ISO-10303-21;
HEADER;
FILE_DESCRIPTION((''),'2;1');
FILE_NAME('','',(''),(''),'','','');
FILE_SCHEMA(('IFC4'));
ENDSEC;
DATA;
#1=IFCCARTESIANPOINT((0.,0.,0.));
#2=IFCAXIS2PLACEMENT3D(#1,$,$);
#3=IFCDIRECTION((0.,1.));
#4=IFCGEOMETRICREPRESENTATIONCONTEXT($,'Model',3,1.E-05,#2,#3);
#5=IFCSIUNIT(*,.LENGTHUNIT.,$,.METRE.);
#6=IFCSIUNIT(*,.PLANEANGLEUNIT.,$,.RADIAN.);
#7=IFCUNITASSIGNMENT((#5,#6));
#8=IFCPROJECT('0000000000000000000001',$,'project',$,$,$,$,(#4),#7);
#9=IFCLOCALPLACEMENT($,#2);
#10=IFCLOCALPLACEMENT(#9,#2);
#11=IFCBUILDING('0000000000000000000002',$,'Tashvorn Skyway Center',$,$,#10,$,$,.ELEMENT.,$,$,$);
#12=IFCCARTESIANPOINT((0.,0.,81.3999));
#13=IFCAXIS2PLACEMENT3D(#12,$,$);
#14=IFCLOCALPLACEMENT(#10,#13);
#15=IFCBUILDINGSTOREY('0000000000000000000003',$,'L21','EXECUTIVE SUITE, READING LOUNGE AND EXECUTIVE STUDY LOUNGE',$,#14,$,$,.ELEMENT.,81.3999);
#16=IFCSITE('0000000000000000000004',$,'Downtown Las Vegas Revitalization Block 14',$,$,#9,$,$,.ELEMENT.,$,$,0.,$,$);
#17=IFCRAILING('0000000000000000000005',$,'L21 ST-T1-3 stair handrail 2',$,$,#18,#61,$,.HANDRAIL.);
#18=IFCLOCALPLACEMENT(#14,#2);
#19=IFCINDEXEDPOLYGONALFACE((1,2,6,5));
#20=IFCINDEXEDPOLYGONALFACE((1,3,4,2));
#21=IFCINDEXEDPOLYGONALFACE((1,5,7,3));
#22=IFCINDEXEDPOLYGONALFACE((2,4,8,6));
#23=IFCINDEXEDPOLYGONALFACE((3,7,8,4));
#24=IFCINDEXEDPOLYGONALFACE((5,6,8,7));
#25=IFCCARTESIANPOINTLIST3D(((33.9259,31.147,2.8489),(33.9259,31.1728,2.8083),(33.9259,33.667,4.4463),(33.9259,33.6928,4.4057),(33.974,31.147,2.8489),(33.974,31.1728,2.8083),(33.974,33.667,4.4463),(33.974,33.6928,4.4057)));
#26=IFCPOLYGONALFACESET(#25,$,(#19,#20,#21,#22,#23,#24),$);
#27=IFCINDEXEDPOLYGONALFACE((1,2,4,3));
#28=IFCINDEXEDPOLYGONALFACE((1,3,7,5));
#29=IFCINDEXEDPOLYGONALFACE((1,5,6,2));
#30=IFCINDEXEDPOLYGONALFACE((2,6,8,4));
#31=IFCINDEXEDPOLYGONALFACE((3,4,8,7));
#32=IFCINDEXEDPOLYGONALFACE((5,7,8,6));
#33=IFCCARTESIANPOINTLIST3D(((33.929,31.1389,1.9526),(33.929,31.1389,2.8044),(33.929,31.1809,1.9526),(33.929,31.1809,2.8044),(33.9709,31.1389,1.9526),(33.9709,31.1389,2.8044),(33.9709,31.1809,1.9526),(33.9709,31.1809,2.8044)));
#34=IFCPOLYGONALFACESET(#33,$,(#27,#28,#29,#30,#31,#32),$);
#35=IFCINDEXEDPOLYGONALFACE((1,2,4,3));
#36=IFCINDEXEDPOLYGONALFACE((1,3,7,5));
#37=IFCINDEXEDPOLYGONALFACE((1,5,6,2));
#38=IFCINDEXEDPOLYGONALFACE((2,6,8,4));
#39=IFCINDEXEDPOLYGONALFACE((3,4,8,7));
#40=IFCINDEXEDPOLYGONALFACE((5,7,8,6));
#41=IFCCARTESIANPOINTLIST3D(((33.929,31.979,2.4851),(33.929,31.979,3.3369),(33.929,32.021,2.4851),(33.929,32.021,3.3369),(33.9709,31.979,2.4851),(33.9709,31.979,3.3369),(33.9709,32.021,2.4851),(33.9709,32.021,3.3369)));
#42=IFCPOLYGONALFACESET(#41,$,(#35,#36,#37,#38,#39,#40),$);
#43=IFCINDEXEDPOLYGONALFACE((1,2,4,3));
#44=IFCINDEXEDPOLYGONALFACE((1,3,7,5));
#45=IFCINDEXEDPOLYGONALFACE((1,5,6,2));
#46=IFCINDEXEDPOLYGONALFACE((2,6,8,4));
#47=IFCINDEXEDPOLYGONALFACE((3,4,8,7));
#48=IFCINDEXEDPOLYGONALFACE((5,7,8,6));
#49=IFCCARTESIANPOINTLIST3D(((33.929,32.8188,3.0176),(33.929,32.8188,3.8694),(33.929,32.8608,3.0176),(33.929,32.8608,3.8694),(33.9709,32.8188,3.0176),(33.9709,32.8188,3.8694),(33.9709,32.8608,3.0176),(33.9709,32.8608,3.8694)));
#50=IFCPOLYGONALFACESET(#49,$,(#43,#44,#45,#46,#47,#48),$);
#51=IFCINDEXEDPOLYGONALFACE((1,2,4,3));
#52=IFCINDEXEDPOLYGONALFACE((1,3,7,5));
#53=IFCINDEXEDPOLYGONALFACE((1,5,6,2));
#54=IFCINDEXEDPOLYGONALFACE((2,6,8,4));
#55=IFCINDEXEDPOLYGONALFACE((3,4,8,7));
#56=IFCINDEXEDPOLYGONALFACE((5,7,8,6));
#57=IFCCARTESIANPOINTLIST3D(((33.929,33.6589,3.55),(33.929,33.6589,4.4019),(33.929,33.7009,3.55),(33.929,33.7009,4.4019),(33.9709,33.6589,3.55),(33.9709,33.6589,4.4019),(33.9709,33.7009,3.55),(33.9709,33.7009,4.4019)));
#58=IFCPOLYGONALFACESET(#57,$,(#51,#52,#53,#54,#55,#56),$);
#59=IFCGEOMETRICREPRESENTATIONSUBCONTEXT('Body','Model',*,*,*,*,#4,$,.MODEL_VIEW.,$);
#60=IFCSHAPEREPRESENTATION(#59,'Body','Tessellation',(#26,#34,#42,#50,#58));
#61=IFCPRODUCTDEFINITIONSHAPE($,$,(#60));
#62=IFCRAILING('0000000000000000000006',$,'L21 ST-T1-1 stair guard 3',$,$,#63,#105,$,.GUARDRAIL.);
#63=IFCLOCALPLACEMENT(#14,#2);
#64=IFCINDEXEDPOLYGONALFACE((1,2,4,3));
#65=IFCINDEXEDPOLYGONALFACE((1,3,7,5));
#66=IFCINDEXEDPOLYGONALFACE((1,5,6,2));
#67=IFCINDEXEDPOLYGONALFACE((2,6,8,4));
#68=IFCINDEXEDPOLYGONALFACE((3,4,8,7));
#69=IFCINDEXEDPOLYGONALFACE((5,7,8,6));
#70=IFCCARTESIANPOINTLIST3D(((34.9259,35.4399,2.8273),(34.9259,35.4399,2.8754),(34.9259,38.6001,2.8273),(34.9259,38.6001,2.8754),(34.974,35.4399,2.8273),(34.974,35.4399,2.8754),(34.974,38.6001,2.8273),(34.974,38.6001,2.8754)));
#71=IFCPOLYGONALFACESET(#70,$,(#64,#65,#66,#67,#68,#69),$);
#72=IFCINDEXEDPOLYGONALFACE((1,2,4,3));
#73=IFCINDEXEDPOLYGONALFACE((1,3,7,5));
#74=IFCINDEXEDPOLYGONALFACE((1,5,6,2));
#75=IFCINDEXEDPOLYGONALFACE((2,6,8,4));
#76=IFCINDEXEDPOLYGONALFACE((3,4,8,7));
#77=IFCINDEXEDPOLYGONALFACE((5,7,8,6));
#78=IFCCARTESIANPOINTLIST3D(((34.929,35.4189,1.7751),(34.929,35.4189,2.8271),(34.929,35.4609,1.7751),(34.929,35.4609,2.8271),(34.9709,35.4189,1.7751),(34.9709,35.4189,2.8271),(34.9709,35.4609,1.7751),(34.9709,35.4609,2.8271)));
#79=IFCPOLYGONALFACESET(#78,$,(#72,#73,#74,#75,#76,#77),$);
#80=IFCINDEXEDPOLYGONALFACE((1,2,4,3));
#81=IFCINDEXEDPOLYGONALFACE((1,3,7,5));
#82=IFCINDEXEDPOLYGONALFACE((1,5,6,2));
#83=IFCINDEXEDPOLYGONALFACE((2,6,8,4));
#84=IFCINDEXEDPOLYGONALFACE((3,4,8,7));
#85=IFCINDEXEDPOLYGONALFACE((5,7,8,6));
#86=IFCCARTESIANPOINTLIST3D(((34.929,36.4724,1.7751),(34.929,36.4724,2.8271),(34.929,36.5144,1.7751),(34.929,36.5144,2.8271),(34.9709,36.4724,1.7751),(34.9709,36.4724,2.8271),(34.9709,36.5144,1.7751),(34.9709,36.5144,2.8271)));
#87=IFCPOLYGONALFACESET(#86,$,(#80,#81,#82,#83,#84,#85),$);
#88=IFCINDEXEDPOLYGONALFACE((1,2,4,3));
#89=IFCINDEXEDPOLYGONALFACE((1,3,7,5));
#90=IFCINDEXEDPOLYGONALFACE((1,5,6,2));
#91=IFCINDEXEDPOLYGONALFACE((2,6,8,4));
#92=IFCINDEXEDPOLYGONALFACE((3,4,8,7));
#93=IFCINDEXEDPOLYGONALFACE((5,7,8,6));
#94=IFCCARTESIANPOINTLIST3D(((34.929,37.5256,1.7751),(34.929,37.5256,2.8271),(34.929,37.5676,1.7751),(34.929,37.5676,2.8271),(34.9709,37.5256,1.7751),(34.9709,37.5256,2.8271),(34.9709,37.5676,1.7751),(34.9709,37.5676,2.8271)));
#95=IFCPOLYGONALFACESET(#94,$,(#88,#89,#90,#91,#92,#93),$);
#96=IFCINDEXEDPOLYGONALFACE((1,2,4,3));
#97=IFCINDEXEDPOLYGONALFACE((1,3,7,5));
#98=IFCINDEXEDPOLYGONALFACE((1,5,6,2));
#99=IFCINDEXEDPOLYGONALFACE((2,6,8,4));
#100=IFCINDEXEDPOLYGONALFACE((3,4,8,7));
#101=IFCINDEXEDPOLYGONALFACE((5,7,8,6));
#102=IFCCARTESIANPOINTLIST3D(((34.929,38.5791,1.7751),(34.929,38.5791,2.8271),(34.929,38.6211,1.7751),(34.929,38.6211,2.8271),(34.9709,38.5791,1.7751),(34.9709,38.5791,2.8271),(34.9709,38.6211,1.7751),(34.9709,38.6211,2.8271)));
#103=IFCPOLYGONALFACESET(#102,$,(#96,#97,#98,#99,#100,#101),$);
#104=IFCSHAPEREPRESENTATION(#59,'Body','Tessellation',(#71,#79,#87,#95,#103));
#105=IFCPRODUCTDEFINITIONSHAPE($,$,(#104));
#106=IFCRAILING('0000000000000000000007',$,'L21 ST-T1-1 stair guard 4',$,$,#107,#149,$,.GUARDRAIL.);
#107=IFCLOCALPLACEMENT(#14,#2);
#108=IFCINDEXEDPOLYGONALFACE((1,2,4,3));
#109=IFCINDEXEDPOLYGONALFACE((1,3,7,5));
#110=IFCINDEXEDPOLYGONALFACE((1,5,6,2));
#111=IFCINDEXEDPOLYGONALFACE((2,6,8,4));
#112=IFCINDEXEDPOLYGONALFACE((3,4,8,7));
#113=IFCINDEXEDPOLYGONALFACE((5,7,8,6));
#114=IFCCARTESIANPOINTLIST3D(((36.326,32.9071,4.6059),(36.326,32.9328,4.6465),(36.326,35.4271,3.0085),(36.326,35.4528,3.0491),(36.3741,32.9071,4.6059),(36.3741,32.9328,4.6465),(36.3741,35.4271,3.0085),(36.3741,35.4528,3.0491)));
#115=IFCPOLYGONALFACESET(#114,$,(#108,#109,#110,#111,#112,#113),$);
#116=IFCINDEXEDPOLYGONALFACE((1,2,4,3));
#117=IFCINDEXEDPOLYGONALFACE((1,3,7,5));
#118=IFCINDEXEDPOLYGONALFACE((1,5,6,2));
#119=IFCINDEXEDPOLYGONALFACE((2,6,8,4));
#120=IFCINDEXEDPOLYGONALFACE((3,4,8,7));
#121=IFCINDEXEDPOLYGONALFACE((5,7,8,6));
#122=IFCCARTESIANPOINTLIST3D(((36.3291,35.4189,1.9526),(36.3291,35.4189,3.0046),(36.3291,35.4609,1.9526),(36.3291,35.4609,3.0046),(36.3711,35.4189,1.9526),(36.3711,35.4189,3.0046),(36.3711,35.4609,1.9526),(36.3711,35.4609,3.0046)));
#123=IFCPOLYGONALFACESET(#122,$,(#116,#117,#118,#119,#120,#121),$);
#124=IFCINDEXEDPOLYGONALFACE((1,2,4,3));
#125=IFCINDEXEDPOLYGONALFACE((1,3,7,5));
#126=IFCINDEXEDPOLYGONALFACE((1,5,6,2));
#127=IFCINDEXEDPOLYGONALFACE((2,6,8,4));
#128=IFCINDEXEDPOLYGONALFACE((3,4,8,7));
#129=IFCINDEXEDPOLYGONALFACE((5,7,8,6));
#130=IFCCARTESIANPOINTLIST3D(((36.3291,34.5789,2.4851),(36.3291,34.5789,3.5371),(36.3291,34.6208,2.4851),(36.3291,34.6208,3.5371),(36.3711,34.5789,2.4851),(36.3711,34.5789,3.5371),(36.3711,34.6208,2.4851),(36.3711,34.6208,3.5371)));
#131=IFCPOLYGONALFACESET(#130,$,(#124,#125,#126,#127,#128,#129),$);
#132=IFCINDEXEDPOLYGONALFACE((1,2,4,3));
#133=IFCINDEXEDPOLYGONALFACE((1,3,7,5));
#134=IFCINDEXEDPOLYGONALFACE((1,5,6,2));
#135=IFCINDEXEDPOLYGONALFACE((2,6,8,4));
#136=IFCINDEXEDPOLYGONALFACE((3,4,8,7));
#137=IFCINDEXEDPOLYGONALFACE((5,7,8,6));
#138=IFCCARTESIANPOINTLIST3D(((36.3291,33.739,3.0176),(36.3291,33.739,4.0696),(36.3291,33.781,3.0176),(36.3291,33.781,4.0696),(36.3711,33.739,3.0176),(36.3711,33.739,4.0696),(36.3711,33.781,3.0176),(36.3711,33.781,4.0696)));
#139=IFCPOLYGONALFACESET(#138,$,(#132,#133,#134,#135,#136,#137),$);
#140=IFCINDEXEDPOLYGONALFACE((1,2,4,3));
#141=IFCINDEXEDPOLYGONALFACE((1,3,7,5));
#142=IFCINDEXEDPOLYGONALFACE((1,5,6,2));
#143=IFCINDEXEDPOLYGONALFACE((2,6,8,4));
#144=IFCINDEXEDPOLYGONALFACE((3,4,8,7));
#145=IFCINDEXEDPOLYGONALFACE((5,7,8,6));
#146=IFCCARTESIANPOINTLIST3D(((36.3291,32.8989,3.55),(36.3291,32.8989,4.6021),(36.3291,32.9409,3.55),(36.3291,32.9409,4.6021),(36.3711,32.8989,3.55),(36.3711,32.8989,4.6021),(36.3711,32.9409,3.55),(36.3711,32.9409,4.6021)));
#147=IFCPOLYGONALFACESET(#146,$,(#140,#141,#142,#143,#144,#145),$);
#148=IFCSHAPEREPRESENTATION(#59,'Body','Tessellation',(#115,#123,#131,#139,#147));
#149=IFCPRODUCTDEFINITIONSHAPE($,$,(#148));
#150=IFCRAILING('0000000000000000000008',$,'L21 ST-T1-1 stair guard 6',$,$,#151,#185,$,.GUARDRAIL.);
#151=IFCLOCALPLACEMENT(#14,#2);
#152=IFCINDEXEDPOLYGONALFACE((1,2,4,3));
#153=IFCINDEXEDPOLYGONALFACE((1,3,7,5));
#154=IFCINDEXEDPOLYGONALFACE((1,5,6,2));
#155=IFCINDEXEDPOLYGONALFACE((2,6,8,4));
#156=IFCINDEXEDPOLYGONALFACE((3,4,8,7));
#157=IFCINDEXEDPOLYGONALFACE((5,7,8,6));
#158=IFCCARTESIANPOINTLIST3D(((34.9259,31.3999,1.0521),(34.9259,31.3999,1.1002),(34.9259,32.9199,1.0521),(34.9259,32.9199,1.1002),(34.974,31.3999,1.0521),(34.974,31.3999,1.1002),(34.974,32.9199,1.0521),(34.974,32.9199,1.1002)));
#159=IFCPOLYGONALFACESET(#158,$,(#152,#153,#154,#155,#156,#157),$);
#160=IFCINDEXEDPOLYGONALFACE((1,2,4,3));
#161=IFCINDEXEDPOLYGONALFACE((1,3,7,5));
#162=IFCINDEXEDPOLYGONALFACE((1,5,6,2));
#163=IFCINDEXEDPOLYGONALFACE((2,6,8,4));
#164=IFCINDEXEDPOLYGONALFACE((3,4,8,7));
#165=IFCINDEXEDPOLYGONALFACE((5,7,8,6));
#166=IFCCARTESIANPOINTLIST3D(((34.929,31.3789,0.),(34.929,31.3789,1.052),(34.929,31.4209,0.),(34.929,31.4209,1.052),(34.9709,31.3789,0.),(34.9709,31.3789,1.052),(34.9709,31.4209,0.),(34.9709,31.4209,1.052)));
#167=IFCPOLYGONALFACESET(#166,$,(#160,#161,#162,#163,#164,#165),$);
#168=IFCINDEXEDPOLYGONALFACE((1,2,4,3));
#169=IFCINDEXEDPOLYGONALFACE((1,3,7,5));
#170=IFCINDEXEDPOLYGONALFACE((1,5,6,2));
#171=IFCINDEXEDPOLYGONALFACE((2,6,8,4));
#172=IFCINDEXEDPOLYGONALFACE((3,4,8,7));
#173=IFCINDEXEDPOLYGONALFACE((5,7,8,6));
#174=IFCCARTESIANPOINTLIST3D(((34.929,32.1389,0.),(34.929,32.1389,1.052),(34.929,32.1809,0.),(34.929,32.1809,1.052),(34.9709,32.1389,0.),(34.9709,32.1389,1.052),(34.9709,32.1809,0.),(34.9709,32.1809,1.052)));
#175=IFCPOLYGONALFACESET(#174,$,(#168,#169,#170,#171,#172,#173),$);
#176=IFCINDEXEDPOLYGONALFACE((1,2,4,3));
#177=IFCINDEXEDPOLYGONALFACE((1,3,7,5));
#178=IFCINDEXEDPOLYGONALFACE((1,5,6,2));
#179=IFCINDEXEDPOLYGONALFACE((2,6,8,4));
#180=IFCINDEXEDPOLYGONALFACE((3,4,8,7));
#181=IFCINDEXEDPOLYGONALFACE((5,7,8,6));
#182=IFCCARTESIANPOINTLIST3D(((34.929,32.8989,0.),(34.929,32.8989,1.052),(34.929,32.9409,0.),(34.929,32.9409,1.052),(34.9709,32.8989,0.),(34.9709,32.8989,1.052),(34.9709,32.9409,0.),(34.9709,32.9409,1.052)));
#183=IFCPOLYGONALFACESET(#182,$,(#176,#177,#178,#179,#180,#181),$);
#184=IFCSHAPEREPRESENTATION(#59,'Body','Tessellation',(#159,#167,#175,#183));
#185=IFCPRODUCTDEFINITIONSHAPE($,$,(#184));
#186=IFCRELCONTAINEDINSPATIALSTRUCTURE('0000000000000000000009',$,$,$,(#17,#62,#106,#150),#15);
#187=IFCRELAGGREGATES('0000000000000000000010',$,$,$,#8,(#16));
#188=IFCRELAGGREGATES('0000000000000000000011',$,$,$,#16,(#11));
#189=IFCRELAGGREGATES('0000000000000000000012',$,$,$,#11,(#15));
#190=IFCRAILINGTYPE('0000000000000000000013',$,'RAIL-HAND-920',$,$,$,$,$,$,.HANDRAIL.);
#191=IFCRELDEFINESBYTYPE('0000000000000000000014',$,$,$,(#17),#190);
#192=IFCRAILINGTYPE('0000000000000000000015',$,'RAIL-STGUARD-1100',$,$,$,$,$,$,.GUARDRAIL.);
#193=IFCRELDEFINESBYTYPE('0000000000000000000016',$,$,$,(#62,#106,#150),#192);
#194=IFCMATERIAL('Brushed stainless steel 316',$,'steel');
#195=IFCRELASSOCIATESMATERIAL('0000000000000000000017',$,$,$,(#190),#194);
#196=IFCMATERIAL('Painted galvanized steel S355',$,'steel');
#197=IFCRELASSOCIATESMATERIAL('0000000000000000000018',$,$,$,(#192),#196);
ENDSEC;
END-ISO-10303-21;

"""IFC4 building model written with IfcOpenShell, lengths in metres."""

from ifc_helpers import new_model, si_unit, direction, frame, origin, origin_2d, place, context, subcontext, project, spatial, rectangle, extrude, material, type_object, element, save


model = new_model("IFC4")

# Units and contexts
model_context = context("Model", 3, precision=1e-05, world=origin(), true_north=direction((0.0, 1.0)))
body_context = subcontext(model_context, "Body", "Model", "MODEL_VIEW")
ifc_project = project(units=[si_unit("LENGTHUNIT", "METRE"), si_unit("PLANEANGLEUNIT", "RADIAN")], contexts=[model_context])

# Site, building, storey
site_placement = place(None, origin())
site = spatial("IfcSite", under=ifc_project, at=site_placement, Name="Downtown Las Vegas Revitalization Block 14", CompositionType="ELEMENT", RefElevation=0.0)
building_placement = place(site_placement, origin())
building = spatial("IfcBuilding", under=site, at=building_placement, Name="Tashvorn Skyway Center", CompositionType="ELEMENT")
storey_placement = place(building_placement, frame((0.0, 0.0, 81.3999)))
storey = spatial("IfcBuildingStorey", under=building, at=storey_placement, Name="L21", Description="EXECUTIVE SUITE, READING LOUNGE AND EXECUTIVE STUDY LOUNGE", CompositionType="ELEMENT", Elevation=81.3999)

# Railings
ifc_material_1 = material(Name="Brushed stainless steel 316", Category="steel")
railing_type_1 = type_object("IfcRailingType", Name="RAIL-HAND-920", PredefinedType="HANDRAIL", material=ifc_material_1)
railing_1_placement = place(storey_placement, frame((33.95, 31.1599, 1.9526)))
element("IfcRailing", 1, at=railing_1_placement, inside=storey, type_object=railing_type_1, Name="L21 ST-T1-3 stair handrail 2", PredefinedType="HANDRAIL", context=body_context, shape_type="SweptSolid", body=[
    extrude(rectangle(XDim=0.0481, YDim=0.0481, at=origin_2d()), frame((0.0, 0.0, 0.876), z_axis=(0.0, 0.844607, 0.535387), x_axis=(-1.0, 0.0, 0.0)), (0.0, 0.0, 1.0), 2.9836),
    extrude(rectangle(XDim=0.042, YDim=0.042, at=origin_2d()), origin(), (0.0, 0.0, 1.0), 0.8518),
    extrude(rectangle(XDim=0.042, YDim=0.042, at=origin_2d()), frame((0.0, 0.8401, 0.5325)), (0.0, 0.0, 1.0), 0.8518),
    extrude(rectangle(XDim=0.042, YDim=0.042, at=origin_2d()), frame((0.0, 1.6799, 1.0649)), (0.0, 0.0, 1.0), 0.8518),
    extrude(rectangle(XDim=0.042, YDim=0.042, at=origin_2d()), frame((0.0, 2.52, 1.5974)), (0.0, 0.0, 1.0), 0.8518),
])
ifc_material_2 = material(Name="Painted galvanized steel S355", Category="steel")
railing_type_2 = type_object("IfcRailingType", Name="RAIL-STGUARD-1100", PredefinedType="GUARDRAIL", material=ifc_material_2)
railing_2_placement = place(storey_placement, frame((34.95, 35.4399, 1.7751)))
element("IfcRailing", 2, at=railing_2_placement, inside=storey, type_object=railing_type_2, Name="L21 ST-T1-1 stair guard 3", PredefinedType="GUARDRAIL", context=body_context, shape_type="SweptSolid", body=[
    extrude(rectangle(XDim=0.0481, YDim=0.0481, at=origin_2d()), frame((0.0, 0.0, 1.0762), z_axis=(0.0, 1.0, 0.0), x_axis=(-1.0, 0.0, 0.0)), (0.0, 0.0, 1.0), 3.1602),
    extrude(rectangle(XDim=0.042, YDim=0.042, at=origin_2d()), origin(), (0.0, 0.0, 1.0), 1.052),
    extrude(rectangle(XDim=0.042, YDim=0.042, at=origin_2d()), frame((0.0, 1.0535, 0.0)), (0.0, 0.0, 1.0), 1.052),
    extrude(rectangle(XDim=0.042, YDim=0.042, at=origin_2d()), frame((0.0, 2.1067, 0.0)), (0.0, 0.0, 1.0), 1.052),
    extrude(rectangle(XDim=0.042, YDim=0.042, at=origin_2d()), frame((0.0, 3.1602, 0.0)), (0.0, 0.0, 1.0), 1.052),
])
railing_3_placement = place(storey_placement, frame((36.3501, 35.4399, 1.9526)))
element("IfcRailing", 3, at=railing_3_placement, inside=storey, type_object=railing_type_2, Name="L21 ST-T1-1 stair guard 4", PredefinedType="GUARDRAIL", context=body_context, shape_type="SweptSolid", body=[
    extrude(rectangle(XDim=0.0481, YDim=0.0481, at=origin_2d()), frame((0.0, 0.0, 1.0762), z_axis=(0.0, -0.844607, 0.535387), x_axis=(1.0, 0.0, 0.0)), (0.0, 0.0, 1.0), 2.9836),
    extrude(rectangle(XDim=0.042, YDim=0.042, at=origin_2d()), origin(), (0.0, 0.0, 1.0), 1.052),
    extrude(rectangle(XDim=0.042, YDim=0.042, at=origin_2d()), frame((0.0, -0.8401, 0.5325)), (0.0, 0.0, 1.0), 1.052),
    extrude(rectangle(XDim=0.042, YDim=0.042, at=origin_2d()), frame((0.0, -1.6799, 1.0649)), (0.0, 0.0, 1.0), 1.052),
    extrude(rectangle(XDim=0.042, YDim=0.042, at=origin_2d()), frame((0.0, -2.52, 1.5974)), (0.0, 0.0, 1.0), 1.052),
])
railing_4_placement = place(storey_placement, frame((34.95, 31.3999, 0.0)))
element("IfcRailing", 4, at=railing_4_placement, inside=storey, type_object=railing_type_2, Name="L21 ST-T1-1 stair guard 6", PredefinedType="GUARDRAIL", context=body_context, shape_type="SweptSolid", body=[
    extrude(rectangle(XDim=0.0481, YDim=0.0481, at=origin_2d()), frame((0.0, 0.0, 1.0762), z_axis=(0.0, 1.0, 0.0), x_axis=(-1.0, 0.0, 0.0)), (0.0, 0.0, 1.0), 1.52),
    extrude(rectangle(XDim=0.042, YDim=0.042, at=origin_2d()), origin(), (0.0, 0.0, 1.0), 1.052),
    extrude(rectangle(XDim=0.042, YDim=0.042, at=origin_2d()), frame((0.0, 0.76, 0.0)), (0.0, 0.0, 1.0), 1.052),
    extrude(rectangle(XDim=0.042, YDim=0.042, at=origin_2d()), frame((0.0, 1.52, 0.0)), (0.0, 0.0, 1.0), 1.052),
])

save(model, "model.ifc")
